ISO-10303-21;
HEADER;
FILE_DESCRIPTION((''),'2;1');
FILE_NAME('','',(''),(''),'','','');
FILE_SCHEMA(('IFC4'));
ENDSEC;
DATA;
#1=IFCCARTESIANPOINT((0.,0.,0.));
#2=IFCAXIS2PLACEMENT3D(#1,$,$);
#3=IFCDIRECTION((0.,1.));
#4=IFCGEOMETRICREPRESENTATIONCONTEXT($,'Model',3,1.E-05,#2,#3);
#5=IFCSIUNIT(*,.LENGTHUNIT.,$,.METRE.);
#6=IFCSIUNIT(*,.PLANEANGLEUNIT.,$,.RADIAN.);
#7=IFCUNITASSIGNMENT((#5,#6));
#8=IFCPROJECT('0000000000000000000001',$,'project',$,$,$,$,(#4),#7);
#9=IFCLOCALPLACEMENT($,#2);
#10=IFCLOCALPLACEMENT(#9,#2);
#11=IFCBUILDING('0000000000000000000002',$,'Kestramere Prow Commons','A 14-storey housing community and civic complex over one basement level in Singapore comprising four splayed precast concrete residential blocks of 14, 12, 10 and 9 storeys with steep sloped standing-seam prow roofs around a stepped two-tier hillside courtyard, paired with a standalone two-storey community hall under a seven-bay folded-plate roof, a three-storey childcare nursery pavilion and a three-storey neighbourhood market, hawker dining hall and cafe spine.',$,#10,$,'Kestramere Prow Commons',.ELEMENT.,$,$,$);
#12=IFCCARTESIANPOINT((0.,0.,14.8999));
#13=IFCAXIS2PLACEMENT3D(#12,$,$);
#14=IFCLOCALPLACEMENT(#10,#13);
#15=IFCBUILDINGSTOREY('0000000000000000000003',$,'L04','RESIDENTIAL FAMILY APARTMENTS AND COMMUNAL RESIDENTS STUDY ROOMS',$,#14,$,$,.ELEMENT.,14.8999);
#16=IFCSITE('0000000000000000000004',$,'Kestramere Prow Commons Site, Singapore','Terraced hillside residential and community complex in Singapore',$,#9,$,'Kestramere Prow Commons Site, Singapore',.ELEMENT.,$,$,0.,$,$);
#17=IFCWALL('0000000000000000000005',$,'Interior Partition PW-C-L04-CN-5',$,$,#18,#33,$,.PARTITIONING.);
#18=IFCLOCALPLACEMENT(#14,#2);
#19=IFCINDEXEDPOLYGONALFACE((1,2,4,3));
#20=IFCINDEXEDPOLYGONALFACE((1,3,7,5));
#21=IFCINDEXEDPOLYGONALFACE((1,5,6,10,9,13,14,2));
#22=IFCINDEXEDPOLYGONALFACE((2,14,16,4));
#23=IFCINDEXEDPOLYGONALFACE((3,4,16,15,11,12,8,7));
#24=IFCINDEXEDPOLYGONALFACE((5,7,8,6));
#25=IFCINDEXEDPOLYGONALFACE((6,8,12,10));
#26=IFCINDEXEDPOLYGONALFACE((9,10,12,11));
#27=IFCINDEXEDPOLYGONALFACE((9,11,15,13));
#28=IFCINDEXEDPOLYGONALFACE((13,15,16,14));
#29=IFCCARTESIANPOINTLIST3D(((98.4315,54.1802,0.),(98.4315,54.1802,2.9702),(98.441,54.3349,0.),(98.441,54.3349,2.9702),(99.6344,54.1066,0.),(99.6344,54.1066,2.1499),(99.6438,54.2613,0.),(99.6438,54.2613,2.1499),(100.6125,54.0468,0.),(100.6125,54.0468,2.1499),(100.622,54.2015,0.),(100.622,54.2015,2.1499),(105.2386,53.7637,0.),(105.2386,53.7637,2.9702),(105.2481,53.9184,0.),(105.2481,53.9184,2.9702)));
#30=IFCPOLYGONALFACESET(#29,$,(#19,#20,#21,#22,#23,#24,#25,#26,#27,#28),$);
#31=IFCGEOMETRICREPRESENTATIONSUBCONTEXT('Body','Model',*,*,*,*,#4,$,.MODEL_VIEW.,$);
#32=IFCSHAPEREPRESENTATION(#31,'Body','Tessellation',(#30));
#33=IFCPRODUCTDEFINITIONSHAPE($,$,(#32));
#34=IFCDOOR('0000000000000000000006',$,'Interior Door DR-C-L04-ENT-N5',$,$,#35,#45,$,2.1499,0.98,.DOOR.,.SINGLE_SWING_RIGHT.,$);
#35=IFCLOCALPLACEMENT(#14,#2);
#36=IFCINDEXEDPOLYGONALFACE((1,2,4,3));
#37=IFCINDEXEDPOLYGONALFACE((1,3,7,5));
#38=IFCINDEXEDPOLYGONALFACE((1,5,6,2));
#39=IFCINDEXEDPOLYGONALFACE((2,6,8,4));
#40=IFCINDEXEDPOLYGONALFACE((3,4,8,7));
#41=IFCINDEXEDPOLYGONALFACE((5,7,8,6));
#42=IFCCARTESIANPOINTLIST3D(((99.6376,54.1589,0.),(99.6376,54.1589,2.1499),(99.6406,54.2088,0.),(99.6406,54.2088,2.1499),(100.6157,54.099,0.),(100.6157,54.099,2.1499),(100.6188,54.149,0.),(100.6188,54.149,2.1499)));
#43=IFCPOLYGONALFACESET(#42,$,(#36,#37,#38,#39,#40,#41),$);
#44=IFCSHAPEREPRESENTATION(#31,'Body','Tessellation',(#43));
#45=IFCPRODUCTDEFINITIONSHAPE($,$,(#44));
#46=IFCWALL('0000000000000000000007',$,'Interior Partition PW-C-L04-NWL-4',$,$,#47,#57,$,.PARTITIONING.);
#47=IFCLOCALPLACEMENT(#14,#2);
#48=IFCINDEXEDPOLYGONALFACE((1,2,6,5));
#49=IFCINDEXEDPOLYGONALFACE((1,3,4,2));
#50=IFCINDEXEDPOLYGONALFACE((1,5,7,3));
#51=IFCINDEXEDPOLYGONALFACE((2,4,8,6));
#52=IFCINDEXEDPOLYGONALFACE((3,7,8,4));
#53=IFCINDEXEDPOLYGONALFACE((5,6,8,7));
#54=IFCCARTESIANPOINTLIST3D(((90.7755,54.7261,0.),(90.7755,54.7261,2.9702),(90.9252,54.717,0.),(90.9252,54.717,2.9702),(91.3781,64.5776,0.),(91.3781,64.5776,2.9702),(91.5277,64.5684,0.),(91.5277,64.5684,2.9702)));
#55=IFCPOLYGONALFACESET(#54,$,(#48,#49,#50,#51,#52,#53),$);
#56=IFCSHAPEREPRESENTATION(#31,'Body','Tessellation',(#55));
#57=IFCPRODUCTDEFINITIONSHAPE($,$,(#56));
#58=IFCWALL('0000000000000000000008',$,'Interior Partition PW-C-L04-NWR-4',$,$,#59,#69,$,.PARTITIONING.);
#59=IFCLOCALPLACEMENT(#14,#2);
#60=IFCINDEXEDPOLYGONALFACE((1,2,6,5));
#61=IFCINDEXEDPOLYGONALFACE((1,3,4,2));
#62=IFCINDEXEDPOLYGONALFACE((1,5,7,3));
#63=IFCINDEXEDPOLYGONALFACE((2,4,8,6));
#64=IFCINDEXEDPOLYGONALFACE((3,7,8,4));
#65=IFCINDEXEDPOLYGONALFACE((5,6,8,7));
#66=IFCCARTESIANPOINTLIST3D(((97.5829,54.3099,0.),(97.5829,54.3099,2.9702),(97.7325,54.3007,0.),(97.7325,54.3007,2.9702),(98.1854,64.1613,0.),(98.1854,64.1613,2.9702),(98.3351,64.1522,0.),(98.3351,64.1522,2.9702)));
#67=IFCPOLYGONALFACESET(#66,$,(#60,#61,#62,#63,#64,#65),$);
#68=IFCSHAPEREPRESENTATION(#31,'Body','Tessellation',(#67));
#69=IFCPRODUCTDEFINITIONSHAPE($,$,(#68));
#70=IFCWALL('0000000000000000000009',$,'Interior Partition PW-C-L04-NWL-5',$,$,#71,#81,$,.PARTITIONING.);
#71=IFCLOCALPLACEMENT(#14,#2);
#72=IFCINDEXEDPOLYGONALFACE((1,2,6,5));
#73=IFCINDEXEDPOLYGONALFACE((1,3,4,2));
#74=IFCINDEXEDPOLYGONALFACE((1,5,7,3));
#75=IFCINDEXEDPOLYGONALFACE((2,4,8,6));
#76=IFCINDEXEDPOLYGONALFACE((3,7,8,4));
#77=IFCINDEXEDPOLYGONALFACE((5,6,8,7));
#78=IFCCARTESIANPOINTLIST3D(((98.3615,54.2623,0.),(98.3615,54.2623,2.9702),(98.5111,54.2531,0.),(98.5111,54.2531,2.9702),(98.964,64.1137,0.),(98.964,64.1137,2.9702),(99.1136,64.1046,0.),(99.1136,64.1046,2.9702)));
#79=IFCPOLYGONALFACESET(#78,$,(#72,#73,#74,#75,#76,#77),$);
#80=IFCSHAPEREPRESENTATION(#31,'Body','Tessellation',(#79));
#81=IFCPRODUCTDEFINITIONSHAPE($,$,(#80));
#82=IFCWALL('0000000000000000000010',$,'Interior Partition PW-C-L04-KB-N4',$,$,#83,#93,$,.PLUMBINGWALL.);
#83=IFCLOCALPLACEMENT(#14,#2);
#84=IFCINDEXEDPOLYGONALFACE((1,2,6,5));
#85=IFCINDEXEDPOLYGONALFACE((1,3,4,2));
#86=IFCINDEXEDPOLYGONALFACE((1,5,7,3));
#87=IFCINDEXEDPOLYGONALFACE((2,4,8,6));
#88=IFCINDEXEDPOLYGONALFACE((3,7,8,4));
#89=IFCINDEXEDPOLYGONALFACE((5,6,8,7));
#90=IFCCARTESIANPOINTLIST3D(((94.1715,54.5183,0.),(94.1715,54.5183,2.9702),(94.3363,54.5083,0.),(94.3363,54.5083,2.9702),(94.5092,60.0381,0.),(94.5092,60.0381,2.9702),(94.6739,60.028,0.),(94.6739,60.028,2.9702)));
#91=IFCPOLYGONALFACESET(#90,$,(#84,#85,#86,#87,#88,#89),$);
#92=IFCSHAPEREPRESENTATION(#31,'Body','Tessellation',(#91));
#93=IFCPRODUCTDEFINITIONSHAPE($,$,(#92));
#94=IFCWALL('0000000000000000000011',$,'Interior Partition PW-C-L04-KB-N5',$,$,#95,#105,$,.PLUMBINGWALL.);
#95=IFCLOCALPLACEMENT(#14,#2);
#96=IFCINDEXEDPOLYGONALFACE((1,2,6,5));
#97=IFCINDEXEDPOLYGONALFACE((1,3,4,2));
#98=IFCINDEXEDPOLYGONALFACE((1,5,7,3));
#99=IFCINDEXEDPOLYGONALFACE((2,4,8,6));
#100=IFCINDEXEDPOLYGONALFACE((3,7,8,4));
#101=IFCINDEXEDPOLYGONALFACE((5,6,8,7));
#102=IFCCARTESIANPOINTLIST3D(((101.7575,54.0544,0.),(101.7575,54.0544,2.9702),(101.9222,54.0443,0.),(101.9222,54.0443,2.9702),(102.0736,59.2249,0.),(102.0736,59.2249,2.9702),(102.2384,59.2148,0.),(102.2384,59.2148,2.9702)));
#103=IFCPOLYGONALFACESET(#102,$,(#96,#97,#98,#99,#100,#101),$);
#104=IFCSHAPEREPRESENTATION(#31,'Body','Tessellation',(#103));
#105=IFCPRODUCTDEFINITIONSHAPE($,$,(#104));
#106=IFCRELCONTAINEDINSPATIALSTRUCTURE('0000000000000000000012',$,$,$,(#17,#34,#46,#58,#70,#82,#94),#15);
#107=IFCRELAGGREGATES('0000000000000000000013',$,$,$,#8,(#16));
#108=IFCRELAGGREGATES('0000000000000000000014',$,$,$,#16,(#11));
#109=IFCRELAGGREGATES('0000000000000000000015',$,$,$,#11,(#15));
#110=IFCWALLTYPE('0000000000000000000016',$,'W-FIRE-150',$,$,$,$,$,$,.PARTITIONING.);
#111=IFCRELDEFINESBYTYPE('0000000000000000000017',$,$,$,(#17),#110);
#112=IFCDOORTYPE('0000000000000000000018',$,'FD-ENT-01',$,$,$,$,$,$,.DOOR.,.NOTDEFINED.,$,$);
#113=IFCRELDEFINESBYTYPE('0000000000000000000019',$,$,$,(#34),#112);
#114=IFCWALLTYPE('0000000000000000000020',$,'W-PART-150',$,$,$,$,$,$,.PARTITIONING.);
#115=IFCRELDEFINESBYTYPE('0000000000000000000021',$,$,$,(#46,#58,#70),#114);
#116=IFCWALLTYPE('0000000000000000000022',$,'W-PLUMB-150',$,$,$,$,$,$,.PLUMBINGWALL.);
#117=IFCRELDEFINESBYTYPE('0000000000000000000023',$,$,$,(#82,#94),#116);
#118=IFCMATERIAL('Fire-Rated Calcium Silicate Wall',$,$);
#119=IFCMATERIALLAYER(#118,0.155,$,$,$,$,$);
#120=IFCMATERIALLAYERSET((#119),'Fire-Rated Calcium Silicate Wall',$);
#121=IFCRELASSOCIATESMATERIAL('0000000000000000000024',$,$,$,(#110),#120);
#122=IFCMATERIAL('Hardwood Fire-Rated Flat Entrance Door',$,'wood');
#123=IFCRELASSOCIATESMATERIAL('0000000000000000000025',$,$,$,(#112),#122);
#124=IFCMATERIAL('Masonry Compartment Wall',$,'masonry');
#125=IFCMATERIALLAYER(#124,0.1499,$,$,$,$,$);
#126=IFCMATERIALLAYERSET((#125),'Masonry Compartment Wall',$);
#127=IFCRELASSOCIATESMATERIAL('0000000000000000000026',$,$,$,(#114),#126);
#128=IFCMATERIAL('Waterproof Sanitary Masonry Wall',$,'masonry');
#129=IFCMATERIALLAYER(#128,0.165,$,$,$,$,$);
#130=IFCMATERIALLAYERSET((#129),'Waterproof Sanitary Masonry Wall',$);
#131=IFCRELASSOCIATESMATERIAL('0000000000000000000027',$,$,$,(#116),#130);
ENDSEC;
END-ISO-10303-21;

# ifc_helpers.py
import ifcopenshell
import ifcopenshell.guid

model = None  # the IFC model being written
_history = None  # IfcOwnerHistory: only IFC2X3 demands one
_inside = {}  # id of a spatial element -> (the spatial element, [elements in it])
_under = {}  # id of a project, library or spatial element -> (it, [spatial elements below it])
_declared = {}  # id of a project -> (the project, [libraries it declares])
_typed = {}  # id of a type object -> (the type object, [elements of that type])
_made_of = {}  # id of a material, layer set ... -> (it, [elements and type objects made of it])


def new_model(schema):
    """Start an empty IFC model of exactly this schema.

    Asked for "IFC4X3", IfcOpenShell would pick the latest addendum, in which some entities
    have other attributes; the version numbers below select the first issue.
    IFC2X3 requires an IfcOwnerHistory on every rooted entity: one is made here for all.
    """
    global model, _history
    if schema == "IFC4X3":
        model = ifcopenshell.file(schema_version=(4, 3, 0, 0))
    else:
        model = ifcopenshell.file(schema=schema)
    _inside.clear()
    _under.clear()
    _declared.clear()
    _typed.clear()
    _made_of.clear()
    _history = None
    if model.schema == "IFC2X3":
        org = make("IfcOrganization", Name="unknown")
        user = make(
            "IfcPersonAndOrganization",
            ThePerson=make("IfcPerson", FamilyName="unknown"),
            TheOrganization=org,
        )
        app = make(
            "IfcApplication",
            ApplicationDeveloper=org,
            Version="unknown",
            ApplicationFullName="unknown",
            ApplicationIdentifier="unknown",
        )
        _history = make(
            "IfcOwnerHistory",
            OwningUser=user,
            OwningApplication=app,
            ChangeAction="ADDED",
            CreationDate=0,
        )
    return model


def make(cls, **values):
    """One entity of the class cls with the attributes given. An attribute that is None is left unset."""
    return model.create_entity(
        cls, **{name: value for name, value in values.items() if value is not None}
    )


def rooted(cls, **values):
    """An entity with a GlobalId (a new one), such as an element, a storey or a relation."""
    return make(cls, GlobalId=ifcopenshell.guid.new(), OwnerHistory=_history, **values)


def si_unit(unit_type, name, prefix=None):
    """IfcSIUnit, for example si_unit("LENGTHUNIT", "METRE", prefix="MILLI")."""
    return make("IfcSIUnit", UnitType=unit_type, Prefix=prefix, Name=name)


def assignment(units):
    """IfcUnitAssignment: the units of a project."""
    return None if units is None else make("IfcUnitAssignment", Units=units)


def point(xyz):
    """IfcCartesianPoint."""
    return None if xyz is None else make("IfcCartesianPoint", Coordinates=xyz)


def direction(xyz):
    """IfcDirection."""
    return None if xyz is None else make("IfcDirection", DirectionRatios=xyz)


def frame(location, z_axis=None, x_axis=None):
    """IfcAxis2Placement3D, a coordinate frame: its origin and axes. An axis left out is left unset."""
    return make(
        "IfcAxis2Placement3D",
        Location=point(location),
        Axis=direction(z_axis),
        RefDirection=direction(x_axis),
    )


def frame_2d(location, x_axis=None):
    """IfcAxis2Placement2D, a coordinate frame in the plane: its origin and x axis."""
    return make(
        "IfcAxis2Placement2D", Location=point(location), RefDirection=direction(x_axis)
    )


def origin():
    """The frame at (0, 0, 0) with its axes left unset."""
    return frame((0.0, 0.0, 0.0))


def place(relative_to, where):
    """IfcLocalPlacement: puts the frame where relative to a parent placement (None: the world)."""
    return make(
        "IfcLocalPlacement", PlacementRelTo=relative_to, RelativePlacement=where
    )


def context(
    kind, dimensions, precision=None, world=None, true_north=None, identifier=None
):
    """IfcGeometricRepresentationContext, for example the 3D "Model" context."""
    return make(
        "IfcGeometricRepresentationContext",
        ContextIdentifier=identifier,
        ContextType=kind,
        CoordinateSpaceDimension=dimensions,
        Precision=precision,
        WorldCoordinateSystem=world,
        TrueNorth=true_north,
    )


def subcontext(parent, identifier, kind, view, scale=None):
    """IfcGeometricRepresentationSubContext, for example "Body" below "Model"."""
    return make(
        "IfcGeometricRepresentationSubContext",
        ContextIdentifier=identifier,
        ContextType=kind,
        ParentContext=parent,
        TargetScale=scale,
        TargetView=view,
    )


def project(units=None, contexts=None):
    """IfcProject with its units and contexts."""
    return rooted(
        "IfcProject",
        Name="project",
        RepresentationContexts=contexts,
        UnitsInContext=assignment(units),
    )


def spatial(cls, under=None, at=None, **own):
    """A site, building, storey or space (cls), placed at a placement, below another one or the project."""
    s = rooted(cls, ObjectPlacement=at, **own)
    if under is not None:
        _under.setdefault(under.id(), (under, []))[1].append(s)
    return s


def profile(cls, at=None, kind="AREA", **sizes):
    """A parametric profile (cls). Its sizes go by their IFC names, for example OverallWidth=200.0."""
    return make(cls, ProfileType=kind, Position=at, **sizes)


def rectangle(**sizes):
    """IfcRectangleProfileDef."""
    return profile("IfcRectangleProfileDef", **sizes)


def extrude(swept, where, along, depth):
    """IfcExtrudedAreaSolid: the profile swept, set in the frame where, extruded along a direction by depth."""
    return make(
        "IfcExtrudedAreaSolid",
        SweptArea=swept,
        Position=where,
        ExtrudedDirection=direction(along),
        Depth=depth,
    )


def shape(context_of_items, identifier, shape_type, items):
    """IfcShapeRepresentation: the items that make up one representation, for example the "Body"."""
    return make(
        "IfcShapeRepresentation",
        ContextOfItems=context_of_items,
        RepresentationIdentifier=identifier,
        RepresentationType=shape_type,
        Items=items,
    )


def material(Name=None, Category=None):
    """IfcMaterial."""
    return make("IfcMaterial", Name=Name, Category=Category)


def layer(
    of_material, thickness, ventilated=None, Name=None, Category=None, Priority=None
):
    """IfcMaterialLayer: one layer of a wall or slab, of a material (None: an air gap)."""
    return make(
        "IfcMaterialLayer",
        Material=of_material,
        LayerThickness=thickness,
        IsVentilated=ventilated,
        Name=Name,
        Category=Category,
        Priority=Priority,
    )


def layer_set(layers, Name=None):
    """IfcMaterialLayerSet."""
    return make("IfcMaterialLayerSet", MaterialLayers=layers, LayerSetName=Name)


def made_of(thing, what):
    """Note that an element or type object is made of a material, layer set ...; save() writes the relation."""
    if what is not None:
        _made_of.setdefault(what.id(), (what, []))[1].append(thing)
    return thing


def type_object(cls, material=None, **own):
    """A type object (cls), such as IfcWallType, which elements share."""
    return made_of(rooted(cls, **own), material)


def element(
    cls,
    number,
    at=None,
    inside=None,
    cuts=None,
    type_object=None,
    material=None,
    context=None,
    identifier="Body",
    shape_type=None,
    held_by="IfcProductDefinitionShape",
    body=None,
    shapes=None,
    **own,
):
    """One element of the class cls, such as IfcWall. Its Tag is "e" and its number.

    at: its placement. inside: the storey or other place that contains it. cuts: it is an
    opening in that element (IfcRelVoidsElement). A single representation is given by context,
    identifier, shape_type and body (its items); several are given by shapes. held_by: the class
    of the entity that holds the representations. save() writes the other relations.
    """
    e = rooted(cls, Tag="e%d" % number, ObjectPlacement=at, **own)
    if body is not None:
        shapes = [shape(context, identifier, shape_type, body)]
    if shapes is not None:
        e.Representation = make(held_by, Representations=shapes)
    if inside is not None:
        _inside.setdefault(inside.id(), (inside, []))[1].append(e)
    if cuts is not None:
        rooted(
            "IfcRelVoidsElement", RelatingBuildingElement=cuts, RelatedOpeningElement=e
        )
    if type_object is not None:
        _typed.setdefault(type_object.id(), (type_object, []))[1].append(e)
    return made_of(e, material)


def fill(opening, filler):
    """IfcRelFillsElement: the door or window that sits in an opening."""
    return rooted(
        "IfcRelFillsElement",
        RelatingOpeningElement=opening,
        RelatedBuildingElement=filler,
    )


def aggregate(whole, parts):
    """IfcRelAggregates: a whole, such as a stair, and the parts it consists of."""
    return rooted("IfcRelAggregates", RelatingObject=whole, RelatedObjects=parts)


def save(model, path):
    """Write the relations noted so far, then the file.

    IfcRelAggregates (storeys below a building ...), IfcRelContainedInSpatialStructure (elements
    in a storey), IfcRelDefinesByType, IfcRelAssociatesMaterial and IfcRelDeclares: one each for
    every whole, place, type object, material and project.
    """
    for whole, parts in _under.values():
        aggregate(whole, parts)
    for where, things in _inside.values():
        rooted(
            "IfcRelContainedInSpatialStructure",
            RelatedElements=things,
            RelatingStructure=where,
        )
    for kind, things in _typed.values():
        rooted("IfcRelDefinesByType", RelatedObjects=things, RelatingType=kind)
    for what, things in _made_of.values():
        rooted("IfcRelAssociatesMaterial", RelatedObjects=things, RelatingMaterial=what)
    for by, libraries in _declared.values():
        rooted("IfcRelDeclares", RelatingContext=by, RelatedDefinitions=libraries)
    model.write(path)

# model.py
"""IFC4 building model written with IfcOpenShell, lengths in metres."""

from ifc_helpers import new_model, si_unit, direction, frame, frame_2d, origin, place, context, subcontext, project, spatial, rectangle, extrude, material, layer, layer_set, type_object, element, fill, save


model = new_model("IFC4")

# Units and contexts
model_context = context("Model", 3, precision=1e-05, world=origin(), true_north=direction((0.0, 1.0)))
body_context = subcontext(model_context, "Body", "Model", "MODEL_VIEW")
ifc_project = project(units=[si_unit("LENGTHUNIT", "METRE"), si_unit("PLANEANGLEUNIT", "RADIAN")], contexts=[model_context])

# Site, building, storey
site_placement = place(None, origin())
site = spatial("IfcSite", under=ifc_project, at=site_placement, Name="Kestramere Prow Commons Site, Singapore", Description="Terraced hillside residential and community complex in Singapore", LongName="Kestramere Prow Commons Site, Singapore", CompositionType="ELEMENT", RefElevation=0.0)
building_placement = place(site_placement, origin())
building = spatial("IfcBuilding", under=site, at=building_placement, Name="Kestramere Prow Commons", Description="A 14-storey housing community and civic complex over one basement level in Singapore comprising four splayed precast concrete residential blocks of 14, 12, 10 and 9 storeys with steep sloped standing-seam prow roofs around a stepped two-tier hillside courtyard, paired with a standalone two-storey community hall under a seven-bay folded-plate roof, a three-storey childcare nursery pavilion and a three-storey neighbourhood market, hawker dining hall and cafe spine.", LongName="Kestramere Prow Commons", CompositionType="ELEMENT")
storey_placement = place(building_placement, frame((0.0, 0.0, 14.8999)))
storey = spatial("IfcBuildingStorey", under=building, at=storey_placement, Name="L04", Description="RESIDENTIAL FAMILY APARTMENTS AND COMMUNAL RESIDENTS STUDY ROOMS", CompositionType="ELEMENT", Elevation=14.8999)

# Wall, opening, door
ifc_material_1 = material(Name="Fire-Rated Calcium Silicate Wall")
ifc_layer_1 = layer(ifc_material_1, 0.155)
ifc_layer_set_1 = layer_set([ifc_layer_1], Name="Fire-Rated Calcium Silicate Wall")
wall_type_1 = type_object("IfcWallType", Name="W-FIRE-150", PredefinedType="PARTITIONING", material=ifc_layer_set_1)
ifc_material_2 = material(Name="Hardwood Fire-Rated Flat Entrance Door", Category="wood")
wall_1_placement = place(storey_placement, frame((98.4363, 54.2576, 0.0), z_axis=(0.0, 0.0, 1.0), x_axis=(0.998133, -0.061072, 0.0)))
wall_1 = element("IfcWall", 1, at=wall_1_placement, inside=storey, type_object=wall_type_1, Name="Interior Partition PW-C-L04-CN-5", PredefinedType="PARTITIONING", context=body_context, shape_type="SweptSolid", body=[
    extrude(rectangle(XDim=6.8198, YDim=0.155, at=frame_2d((3.4099, 0.0))), origin(), (0.0, 0.0, 1.0), 2.9702),
])
opening_1_placement = place(wall_1_placement, frame((1.2051, 0.0, 0.0)))
opening_1 = element("IfcOpeningElement", 2, at=opening_1_placement, cuts=wall_1, PredefinedType="OPENING", context=body_context, shape_type="SweptSolid", body=[
    extrude(rectangle(XDim=0.98, YDim=2.1499, at=frame_2d((0.49, 1.075))), frame((0.0, 0.0925, 0.0), z_axis=(0.0, -1.0, 0.0), x_axis=(1.0, 0.0, 0.0)), (0.0, 0.0, 1.0), 0.1851),
])
door_type_1 = type_object("IfcDoorType", Name="FD-ENT-01", OperationType="NOTDEFINED", PredefinedType="DOOR", material=ifc_material_2)
door_1_placement = place(opening_1_placement, origin())
door_1 = element("IfcDoor", 3, at=door_1_placement, inside=storey, type_object=door_type_1, Name="Interior Door DR-C-L04-ENT-N5", OperationType="SINGLE_SWING_RIGHT", OverallHeight=2.1499, OverallWidth=0.98, PredefinedType="DOOR", context=body_context, shape_type="SweptSolid", body=[
    extrude(rectangle(XDim=0.98, YDim=2.1499, at=frame_2d((0.49, 1.075))), frame((0.0, 0.0249, 0.0), z_axis=(0.0, -1.0, 0.0), x_axis=(1.0, 0.0, 0.0)), (0.0, 0.0, 1.0), 0.05),
])
fill(opening_1, door_1)

# Walls
ifc_material_3 = material(Name="Masonry Compartment Wall", Category="masonry")
ifc_layer_2 = layer(ifc_material_3, 0.1499)
ifc_layer_set_2 = layer_set([ifc_layer_2], Name="Masonry Compartment Wall")
wall_type_2 = type_object("IfcWallType", Name="W-PART-150", PredefinedType="PARTITIONING", material=ifc_layer_set_2)
for number, where, z_axis, x_axis, name in (
    (4, (90.8503, 54.7214, 0.0), (0.0, 0.0, 1.0), (0.061048, 0.998135, 0.0), "Interior Partition PW-C-L04-NWL-4"),
    (5, (97.6577, 54.3052, 0.0), (0.0, 0.0, 1.0), (0.061048, 0.998135, 0.0), "Interior Partition PW-C-L04-NWR-4"),
    (6, (98.4363, 54.2576, 0.0), (0.0, 0.0, 1.0), (0.061048, 0.998135, 0.0), "Interior Partition PW-C-L04-NWL-5"),
):
    element("IfcWall", number, at=place(storey_placement, frame(where, z_axis=z_axis, x_axis=x_axis)), inside=storey, type_object=wall_type_2, Name=name, PredefinedType="PARTITIONING", context=body_context, shape_type="SweptSolid", body=[
        extrude(rectangle(XDim=9.8699, YDim=0.1499, at=frame_2d((4.9351, 0.0))), origin(), (0.0, 0.0, 1.0), 2.9702),
    ])
ifc_material_4 = material(Name="Waterproof Sanitary Masonry Wall", Category="masonry")
ifc_layer_3 = layer(ifc_material_4, 0.165)
ifc_layer_set_3 = layer_set([ifc_layer_3], Name="Waterproof Sanitary Masonry Wall")
wall_type_3 = type_object("IfcWallType", Name="W-PLUMB-150", PredefinedType="PLUMBINGWALL", material=ifc_layer_set_3)
wall_2_placement = place(storey_placement, frame((94.2539, 54.5132, 0.0), z_axis=(0.0, 0.0, 1.0), x_axis=(0.061056, 0.998134, 0.0)))
element("IfcWall", 7, at=wall_2_placement, inside=storey, type_object=wall_type_3, Name="Interior Partition PW-C-L04-KB-N4", PredefinedType="PLUMBINGWALL", context=body_context, shape_type="SweptSolid", body=[
    extrude(rectangle(XDim=5.53, YDim=0.165, at=frame_2d((2.7651, 0.0))), origin(), (0.0, 0.0, 1.0), 2.9702),
])
wall_3_placement = place(storey_placement, frame((101.8398, 54.0493, 0.0), z_axis=(0.0, 0.0, 1.0), x_axis=(0.061034, 0.998136, 0.0)))
element("IfcWall", 8, at=wall_3_placement, inside=storey, type_object=wall_type_3, Name="Interior Partition PW-C-L04-KB-N5", PredefinedType="PLUMBINGWALL", context=body_context, shape_type="SweptSolid", body=[
    extrude(rectangle(XDim=5.1802, YDim=0.165, at=frame_2d((2.5901, 0.0))), origin(), (0.0, 0.0, 1.0), 2.9702),
])

save(model, "model.ifc")
